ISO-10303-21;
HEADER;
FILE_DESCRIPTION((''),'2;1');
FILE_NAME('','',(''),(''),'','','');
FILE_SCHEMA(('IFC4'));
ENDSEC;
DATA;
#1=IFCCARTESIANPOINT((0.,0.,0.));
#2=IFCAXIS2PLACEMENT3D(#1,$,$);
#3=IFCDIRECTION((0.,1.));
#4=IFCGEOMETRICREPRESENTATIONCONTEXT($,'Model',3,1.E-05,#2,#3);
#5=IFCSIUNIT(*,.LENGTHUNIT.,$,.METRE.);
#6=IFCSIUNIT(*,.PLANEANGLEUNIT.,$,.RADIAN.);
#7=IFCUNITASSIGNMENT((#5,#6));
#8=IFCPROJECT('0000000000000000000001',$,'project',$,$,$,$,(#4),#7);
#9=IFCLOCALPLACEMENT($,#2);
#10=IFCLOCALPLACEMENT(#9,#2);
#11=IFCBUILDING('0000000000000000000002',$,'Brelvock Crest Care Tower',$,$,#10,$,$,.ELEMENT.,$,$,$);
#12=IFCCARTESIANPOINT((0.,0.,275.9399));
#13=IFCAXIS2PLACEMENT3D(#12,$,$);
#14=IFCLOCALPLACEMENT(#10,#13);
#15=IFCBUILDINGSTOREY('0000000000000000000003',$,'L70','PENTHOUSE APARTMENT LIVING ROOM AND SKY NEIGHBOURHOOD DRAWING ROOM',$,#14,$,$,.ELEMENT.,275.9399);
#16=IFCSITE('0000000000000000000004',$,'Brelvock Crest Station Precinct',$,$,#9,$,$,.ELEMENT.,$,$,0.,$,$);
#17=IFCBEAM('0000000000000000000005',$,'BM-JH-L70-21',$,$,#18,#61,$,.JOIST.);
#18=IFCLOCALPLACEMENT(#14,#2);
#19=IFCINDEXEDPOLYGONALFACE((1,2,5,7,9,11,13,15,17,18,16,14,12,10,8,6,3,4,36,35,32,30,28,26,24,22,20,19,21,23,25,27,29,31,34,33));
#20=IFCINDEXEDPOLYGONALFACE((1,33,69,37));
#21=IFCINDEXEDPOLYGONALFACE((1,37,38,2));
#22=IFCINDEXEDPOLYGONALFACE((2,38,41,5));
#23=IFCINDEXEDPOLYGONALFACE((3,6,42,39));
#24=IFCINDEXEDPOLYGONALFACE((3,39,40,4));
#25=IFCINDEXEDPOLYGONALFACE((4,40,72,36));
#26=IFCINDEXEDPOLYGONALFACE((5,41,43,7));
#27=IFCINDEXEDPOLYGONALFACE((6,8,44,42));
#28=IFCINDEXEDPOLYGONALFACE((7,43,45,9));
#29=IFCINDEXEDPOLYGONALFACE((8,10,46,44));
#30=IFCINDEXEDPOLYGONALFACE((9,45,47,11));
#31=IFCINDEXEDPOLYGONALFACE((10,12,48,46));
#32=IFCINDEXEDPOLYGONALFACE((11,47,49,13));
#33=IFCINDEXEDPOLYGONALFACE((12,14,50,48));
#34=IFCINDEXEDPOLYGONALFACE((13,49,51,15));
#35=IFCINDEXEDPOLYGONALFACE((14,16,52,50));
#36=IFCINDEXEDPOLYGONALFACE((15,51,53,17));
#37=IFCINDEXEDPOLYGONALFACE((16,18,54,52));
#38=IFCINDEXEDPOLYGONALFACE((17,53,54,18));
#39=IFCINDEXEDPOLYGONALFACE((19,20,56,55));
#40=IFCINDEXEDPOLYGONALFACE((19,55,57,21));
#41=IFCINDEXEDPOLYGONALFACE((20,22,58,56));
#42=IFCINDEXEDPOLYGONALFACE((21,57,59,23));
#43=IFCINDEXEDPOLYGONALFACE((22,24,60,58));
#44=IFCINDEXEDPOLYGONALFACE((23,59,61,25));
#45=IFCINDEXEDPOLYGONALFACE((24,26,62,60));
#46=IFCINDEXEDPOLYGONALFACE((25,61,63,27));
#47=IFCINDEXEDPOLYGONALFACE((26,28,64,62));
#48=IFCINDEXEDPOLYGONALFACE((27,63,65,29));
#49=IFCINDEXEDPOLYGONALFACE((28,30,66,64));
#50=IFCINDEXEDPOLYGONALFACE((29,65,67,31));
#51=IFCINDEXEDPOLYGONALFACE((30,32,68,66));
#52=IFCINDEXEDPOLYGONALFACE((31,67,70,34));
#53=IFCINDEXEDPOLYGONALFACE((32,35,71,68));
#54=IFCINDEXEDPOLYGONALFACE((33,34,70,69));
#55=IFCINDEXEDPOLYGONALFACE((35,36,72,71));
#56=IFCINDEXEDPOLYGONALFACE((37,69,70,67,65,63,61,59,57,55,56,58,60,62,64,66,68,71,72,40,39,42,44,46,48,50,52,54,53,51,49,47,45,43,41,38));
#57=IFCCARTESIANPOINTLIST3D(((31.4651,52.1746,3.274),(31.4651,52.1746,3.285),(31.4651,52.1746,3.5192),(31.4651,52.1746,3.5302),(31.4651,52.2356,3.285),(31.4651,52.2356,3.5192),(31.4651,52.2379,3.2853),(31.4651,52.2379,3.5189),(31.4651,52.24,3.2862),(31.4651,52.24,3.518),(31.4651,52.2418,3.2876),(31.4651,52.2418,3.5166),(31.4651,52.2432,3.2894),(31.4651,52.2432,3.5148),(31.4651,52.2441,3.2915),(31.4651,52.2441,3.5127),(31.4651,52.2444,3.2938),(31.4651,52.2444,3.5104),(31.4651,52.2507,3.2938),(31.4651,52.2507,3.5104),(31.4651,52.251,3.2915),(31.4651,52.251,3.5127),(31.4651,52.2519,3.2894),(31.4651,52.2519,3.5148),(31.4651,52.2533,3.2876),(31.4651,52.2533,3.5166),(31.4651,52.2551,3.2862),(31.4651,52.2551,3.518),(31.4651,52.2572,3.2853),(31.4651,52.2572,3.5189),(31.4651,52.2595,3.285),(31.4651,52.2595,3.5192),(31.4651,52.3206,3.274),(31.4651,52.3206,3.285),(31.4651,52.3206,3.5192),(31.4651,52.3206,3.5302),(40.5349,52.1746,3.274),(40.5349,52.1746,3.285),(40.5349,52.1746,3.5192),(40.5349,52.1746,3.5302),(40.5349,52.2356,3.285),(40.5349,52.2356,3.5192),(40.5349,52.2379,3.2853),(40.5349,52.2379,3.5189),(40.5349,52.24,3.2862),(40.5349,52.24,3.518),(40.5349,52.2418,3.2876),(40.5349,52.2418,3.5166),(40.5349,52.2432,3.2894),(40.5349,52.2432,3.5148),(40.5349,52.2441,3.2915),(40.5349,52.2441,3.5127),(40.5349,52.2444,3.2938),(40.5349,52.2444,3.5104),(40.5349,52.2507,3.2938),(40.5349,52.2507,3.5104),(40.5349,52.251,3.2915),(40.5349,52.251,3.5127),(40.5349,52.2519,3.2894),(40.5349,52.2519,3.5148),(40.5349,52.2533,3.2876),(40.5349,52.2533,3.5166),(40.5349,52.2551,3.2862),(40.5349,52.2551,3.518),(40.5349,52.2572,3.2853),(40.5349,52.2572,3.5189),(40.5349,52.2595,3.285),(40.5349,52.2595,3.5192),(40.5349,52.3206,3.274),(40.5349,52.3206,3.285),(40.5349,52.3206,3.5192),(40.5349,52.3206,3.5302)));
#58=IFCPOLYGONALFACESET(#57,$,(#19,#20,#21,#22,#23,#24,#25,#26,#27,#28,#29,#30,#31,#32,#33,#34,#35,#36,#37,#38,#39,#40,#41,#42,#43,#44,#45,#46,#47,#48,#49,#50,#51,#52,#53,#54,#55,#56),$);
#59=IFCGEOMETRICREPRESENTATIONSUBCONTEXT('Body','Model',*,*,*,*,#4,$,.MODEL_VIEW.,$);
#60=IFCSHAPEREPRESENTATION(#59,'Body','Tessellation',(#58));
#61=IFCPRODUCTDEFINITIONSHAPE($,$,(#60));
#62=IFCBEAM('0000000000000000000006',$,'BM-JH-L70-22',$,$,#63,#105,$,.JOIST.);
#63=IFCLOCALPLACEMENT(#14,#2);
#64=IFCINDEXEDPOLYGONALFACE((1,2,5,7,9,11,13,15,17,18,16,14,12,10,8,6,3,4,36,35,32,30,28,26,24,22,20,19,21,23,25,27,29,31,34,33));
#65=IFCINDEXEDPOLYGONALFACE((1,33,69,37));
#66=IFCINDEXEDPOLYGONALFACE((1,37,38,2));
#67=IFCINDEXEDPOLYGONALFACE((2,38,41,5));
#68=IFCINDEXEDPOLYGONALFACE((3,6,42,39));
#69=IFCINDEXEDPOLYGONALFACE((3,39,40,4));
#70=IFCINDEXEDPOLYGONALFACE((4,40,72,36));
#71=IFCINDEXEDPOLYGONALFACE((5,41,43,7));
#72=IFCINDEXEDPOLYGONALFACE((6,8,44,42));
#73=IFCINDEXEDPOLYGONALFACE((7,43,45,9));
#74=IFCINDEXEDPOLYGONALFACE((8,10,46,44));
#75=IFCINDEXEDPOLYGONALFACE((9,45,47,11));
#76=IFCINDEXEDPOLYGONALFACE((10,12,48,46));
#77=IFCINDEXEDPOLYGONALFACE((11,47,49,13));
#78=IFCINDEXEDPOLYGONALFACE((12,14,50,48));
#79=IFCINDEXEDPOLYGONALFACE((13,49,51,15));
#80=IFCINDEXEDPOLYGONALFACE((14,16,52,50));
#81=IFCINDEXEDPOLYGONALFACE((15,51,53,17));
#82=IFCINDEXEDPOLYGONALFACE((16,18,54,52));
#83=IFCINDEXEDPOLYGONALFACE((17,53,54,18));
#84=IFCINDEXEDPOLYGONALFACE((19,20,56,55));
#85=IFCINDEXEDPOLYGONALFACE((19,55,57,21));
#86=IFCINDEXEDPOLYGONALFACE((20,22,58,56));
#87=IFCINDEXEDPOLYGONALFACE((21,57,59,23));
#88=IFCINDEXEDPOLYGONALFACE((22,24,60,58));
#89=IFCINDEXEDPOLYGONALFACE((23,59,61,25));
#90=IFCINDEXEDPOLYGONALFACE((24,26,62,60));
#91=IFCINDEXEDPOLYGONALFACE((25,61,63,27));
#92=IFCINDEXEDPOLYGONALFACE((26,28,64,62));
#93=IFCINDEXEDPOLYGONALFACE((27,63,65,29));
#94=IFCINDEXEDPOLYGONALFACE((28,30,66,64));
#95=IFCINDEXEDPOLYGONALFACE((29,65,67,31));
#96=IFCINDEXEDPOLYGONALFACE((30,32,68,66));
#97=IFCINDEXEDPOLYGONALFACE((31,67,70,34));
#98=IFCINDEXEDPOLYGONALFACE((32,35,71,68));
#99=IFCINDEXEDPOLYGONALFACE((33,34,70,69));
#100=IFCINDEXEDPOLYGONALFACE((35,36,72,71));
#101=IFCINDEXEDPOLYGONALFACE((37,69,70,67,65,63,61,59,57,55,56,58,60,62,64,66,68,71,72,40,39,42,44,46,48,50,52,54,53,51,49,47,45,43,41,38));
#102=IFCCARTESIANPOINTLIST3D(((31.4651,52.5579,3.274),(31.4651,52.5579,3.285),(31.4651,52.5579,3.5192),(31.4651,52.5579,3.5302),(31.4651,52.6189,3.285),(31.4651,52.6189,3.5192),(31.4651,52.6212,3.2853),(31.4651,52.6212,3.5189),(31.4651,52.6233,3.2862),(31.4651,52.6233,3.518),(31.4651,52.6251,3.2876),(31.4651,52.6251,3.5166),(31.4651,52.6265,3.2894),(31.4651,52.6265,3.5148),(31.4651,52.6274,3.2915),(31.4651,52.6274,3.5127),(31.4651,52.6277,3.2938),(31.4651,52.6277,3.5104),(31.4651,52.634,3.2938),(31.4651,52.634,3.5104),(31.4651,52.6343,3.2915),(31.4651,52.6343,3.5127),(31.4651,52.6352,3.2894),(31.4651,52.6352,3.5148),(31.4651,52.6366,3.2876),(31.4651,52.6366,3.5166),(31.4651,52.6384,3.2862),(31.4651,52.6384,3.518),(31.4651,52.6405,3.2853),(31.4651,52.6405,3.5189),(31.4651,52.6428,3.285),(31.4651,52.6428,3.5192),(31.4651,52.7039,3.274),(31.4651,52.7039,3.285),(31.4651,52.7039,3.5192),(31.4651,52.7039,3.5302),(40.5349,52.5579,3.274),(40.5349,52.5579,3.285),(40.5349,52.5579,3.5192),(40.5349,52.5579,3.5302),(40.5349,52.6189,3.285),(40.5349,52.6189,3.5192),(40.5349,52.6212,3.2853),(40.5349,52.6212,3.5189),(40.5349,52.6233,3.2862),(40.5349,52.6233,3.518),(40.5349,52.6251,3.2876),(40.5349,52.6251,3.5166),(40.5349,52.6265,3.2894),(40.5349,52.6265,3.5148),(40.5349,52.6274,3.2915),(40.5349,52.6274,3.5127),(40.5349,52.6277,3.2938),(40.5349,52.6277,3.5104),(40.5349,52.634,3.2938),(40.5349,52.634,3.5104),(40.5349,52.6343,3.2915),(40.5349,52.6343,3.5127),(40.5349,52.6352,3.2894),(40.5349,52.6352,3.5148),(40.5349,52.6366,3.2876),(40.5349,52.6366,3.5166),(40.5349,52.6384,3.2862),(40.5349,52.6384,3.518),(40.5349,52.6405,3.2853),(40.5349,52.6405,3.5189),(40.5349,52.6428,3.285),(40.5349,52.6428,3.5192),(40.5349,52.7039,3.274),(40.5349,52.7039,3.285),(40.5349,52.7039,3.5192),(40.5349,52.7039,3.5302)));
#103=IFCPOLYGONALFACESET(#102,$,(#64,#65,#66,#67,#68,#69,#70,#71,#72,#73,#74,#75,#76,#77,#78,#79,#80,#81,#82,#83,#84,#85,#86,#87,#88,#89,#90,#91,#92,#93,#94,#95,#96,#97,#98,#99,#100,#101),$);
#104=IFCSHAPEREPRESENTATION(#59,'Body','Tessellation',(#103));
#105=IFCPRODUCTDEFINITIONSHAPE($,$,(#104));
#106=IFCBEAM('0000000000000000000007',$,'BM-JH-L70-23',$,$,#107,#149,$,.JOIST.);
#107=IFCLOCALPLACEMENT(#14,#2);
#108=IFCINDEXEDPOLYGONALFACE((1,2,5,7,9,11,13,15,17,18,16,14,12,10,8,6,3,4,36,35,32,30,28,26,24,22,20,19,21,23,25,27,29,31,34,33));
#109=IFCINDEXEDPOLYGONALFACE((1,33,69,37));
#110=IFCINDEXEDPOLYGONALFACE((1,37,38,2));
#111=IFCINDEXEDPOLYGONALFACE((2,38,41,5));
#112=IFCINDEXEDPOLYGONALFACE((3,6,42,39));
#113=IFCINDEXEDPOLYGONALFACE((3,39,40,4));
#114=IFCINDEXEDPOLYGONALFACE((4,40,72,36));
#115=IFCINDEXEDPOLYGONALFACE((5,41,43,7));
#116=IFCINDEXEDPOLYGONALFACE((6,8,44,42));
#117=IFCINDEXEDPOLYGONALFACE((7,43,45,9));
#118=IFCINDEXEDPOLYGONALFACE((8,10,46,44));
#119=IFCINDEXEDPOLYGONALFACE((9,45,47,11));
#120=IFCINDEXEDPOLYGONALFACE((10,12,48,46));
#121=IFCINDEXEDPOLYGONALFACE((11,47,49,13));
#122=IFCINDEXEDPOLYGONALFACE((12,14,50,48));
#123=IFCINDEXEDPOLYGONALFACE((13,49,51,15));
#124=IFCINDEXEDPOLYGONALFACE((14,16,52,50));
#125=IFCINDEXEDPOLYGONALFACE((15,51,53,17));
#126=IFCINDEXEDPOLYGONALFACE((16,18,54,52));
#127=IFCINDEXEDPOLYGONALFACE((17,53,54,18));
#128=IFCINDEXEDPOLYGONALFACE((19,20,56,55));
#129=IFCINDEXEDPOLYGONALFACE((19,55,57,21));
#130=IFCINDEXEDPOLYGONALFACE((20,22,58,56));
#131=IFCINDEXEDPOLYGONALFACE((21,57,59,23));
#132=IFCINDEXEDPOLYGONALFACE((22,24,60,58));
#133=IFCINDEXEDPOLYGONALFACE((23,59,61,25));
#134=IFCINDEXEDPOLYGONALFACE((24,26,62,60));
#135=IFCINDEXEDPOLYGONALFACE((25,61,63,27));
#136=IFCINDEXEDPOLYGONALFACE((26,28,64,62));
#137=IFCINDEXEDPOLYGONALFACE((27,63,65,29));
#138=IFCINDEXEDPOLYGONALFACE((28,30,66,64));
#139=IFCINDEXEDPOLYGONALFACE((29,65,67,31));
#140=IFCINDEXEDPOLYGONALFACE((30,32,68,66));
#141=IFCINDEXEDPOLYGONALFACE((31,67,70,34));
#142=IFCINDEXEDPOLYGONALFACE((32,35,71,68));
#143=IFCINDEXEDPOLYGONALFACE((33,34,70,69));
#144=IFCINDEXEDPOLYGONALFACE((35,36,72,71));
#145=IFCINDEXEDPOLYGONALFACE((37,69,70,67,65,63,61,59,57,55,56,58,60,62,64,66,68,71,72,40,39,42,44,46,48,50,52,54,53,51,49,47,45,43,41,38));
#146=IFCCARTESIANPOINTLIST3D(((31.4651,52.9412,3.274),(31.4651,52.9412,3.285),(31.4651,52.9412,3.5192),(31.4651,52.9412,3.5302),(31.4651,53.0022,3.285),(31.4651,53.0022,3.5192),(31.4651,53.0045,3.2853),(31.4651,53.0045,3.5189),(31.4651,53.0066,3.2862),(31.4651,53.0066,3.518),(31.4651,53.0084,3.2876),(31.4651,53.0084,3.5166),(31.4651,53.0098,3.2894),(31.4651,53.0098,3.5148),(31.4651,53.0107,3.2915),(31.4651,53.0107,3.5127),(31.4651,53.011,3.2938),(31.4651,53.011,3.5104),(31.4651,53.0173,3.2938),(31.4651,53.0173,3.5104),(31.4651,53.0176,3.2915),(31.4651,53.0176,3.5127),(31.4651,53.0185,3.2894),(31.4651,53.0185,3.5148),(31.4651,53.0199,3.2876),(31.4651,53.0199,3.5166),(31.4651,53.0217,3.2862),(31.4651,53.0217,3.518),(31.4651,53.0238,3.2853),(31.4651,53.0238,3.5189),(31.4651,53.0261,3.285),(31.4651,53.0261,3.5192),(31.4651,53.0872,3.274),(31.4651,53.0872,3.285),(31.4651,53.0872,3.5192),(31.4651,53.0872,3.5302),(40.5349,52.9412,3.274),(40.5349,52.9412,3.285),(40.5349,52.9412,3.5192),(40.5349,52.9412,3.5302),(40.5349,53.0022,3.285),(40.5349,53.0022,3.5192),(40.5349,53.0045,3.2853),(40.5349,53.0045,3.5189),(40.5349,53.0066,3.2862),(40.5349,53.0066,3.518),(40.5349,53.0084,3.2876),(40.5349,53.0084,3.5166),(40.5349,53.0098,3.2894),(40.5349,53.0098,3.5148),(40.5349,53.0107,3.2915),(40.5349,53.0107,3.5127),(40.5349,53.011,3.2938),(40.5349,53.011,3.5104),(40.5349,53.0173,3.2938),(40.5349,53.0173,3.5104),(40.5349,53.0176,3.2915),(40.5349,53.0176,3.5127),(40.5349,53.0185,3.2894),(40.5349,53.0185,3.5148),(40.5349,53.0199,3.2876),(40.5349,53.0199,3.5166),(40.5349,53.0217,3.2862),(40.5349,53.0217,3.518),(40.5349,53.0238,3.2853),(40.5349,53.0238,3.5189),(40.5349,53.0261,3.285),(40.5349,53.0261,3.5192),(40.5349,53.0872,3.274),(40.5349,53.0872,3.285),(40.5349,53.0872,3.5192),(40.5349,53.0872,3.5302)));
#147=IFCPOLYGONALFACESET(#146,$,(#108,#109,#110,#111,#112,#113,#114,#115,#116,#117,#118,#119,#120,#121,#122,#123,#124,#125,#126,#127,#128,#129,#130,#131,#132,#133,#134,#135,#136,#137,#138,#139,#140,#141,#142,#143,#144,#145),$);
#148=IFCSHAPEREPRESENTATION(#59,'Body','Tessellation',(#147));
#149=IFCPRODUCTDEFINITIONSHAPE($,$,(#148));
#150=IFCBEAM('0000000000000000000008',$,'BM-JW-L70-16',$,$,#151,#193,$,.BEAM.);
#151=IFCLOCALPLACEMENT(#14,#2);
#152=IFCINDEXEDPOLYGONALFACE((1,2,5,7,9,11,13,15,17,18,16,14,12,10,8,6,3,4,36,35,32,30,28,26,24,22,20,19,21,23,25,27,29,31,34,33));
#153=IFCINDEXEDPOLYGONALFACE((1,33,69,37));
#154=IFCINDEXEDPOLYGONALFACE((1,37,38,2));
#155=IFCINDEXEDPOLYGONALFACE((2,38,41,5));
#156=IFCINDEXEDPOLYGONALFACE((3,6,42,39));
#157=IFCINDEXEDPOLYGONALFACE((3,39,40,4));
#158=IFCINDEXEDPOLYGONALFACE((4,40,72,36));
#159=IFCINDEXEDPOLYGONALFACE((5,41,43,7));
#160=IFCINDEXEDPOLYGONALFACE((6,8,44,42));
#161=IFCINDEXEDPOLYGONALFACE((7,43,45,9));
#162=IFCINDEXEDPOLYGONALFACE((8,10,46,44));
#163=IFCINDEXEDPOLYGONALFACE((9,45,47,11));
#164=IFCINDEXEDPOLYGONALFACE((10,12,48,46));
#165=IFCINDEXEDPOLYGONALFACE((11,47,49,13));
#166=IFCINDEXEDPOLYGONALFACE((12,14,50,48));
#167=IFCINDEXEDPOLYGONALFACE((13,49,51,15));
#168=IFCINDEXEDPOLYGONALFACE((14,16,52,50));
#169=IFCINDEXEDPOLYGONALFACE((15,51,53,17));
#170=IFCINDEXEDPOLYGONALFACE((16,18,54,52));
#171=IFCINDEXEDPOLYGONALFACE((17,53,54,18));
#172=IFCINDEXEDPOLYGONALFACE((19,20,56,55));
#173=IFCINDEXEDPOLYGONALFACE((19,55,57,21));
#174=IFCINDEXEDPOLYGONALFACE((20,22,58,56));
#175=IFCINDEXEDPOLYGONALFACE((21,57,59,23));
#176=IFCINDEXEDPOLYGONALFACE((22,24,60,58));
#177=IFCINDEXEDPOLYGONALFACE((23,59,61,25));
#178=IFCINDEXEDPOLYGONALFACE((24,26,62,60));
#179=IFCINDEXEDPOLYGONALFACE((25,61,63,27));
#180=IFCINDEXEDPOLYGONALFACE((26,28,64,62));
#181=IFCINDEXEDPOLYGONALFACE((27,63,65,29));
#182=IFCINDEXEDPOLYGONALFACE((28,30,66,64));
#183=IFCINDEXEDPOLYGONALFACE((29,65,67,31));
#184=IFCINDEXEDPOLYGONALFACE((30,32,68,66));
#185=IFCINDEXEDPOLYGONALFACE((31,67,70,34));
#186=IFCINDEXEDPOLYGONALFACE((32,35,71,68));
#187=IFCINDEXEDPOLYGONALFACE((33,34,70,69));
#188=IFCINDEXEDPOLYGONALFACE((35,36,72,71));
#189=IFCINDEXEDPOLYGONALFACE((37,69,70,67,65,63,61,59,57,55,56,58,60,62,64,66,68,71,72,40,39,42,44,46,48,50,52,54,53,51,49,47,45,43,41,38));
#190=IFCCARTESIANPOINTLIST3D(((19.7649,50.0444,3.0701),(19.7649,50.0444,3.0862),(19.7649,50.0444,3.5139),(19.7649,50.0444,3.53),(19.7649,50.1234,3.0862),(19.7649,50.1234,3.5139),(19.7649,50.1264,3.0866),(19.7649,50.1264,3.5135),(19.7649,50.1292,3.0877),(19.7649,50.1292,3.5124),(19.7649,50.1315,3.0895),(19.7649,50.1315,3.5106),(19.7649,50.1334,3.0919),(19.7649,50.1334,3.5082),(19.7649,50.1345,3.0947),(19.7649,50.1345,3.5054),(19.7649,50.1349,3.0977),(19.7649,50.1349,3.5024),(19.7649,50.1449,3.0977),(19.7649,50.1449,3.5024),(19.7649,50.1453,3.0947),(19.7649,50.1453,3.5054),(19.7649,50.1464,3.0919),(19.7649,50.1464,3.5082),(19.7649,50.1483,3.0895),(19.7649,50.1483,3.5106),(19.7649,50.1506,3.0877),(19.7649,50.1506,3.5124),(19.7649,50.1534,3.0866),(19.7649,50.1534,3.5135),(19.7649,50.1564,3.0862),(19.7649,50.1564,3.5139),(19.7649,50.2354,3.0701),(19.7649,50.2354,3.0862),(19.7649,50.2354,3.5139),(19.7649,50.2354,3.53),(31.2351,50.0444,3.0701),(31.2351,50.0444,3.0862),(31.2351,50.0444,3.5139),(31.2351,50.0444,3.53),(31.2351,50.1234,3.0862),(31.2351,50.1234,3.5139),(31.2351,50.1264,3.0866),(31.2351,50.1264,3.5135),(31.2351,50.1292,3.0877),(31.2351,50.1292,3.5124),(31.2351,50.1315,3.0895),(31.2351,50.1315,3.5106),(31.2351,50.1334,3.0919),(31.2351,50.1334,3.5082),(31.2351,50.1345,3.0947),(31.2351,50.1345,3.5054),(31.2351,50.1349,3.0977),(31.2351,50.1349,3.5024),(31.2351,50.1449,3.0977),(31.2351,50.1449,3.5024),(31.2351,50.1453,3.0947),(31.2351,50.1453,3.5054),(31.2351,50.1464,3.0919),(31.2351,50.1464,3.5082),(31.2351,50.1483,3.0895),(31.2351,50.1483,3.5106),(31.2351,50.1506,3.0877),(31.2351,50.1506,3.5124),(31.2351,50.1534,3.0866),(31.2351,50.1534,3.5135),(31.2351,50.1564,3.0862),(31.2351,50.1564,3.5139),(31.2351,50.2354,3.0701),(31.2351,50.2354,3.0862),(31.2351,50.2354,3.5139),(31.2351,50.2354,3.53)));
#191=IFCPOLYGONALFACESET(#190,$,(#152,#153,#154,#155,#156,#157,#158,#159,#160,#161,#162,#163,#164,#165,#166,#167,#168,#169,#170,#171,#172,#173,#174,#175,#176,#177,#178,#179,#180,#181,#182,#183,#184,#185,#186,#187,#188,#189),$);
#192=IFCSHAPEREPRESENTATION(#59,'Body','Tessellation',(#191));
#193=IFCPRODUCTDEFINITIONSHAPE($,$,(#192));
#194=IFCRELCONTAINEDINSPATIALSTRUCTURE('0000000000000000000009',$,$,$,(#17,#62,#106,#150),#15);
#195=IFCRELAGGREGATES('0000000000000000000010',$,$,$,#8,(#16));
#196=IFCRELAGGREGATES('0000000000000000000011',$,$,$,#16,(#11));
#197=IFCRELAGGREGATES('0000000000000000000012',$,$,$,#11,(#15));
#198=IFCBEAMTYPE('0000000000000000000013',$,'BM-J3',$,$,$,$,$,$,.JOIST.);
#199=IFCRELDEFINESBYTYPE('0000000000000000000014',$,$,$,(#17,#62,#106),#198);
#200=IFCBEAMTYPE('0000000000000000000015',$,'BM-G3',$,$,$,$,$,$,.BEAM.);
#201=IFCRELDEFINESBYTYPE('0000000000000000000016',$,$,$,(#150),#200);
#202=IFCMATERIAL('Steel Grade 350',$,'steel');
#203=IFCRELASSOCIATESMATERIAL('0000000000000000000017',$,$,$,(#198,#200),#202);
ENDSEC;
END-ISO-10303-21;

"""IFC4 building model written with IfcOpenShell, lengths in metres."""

from ifc_helpers import new_model, si_unit, direction, frame, origin, origin_2d, place, context, subcontext, project, spatial, i_section, extrude, source, transform, mapped, material, material_profile, profile_set, type_object, element, save


model = new_model("IFC4")

# Units and contexts
model_context = context("Model", 3, precision=1e-05, world=origin(), true_north=direction((0.0, 1.0)))
body_context = subcontext(model_context, "Body", "Model", "MODEL_VIEW")
ifc_project = project(units=[si_unit("LENGTHUNIT", "METRE"), si_unit("PLANEANGLEUNIT", "RADIAN")], contexts=[model_context])

# Site, building, storey
site_placement = place(None, origin())
site = spatial("IfcSite", under=ifc_project, at=site_placement, Name="Brelvock Crest Station Precinct", CompositionType="ELEMENT", RefElevation=0.0)
building_placement = place(site_placement, origin())
building = spatial("IfcBuilding", under=site, at=building_placement, Name="Brelvock Crest Care Tower", CompositionType="ELEMENT")
storey_placement = place(building_placement, frame((0.0, 0.0, 275.9399)))
storey = spatial("IfcBuildingStorey", under=building, at=storey_placement, Name="L70", Description="PENTHOUSE APARTMENT LIVING ROOM AND SKY NEIGHBOURHOOD DRAWING ROOM", CompositionType="ELEMENT", Elevation=275.9399)

# Beams
ifc_material_1 = material(Name="Steel Grade 350", Category="steel")
ifc_material_profile_1 = material_profile(ifc_material_1, i_section(OverallWidth=0.146, OverallDepth=0.2561, WebThickness=0.0063, FlangeThickness=0.011, FilletRadius=0.0088, at=origin_2d()), Name="250UB37.3")
ifc_profile_set_1 = profile_set([ifc_material_profile_1], Name="Steel Grade 350")
beam_type_1 = type_object("IfcBeamType", Name="BM-J3", PredefinedType="JOIST", material=ifc_profile_set_1)
shared_shape_1 = source(origin(), body_context, "Body", "SweptSolid", [
    extrude(i_section(OverallWidth=0.146, OverallDepth=0.2561, WebThickness=0.0063, FlangeThickness=0.011, FilletRadius=0.0088, at=origin_2d()), origin(), (0.0, 0.0, 1.0), 9.0698),
])
for number, where, z_axis, x_axis, name in (
    (1, (31.4651, 52.2476, 3.4021), (1.0, 0.0, 0.0), (0.0, 1.0, 0.0), "BM-JH-L70-21"),
    (2, (31.4651, 52.6309, 3.4021), (1.0, 0.0, 0.0), (0.0, 1.0, 0.0), "BM-JH-L70-22"),
    (3, (31.4651, 53.0142, 3.4021), (1.0, 0.0, 0.0), (0.0, 1.0, 0.0), "BM-JH-L70-23"),
):
    element("IfcBeam", number, at=place(storey_placement, frame(where, z_axis=z_axis, x_axis=x_axis)), inside=storey, type_object=beam_type_1, Name=name, PredefinedType="JOIST", context=body_context, shape_type="MappedRepresentation", body=[
        mapped(shared_shape_1, transform((0.0, 0.0, 0.0), x_axis=(1.0, 0.0, 0.0), y_axis=(0.0, 1.0, 0.0), z_axis=(0.0, 0.0, 1.0), scale=1.0)),
    ])
ifc_material_profile_2 = material_profile(ifc_material_1, i_section(OverallWidth=0.1909, OverallDepth=0.46, WebThickness=0.01, FlangeThickness=0.0161, FilletRadius=0.0115, at=origin_2d()), Name="460UB82.1")
ifc_profile_set_2 = profile_set([ifc_material_profile_2], Name="Steel Grade 350")
beam_type_2 = type_object("IfcBeamType", Name="BM-G3", PredefinedType="BEAM", material=ifc_profile_set_2)
shared_shape_2 = source(origin(), body_context, "Body", "SweptSolid", [
    extrude(i_section(OverallWidth=0.1909, OverallDepth=0.46, WebThickness=0.01, FlangeThickness=0.0161, FilletRadius=0.0115, at=origin_2d()), origin(), (0.0, 0.0, 1.0), 11.4702),
])
for number, where, z_axis, x_axis, name in (
    (4, (19.7649, 50.1399, 3.3), (1.0, 0.0, 0.0), (0.0, 1.0, 0.0), "BM-JW-L70-16"),
):
    element("IfcBeam", number, at=place(storey_placement, frame(where, z_axis=z_axis, x_axis=x_axis)), inside=storey, type_object=beam_type_2, Name=name, PredefinedType="BEAM", context=body_context, shape_type="MappedRepresentation", body=[
        mapped(shared_shape_2, transform((0.0, 0.0, 0.0), x_axis=(1.0, 0.0, 0.0), y_axis=(0.0, 1.0, 0.0), z_axis=(0.0, 0.0, 1.0), scale=1.0)),
    ])

save(model, "model.ifc")
